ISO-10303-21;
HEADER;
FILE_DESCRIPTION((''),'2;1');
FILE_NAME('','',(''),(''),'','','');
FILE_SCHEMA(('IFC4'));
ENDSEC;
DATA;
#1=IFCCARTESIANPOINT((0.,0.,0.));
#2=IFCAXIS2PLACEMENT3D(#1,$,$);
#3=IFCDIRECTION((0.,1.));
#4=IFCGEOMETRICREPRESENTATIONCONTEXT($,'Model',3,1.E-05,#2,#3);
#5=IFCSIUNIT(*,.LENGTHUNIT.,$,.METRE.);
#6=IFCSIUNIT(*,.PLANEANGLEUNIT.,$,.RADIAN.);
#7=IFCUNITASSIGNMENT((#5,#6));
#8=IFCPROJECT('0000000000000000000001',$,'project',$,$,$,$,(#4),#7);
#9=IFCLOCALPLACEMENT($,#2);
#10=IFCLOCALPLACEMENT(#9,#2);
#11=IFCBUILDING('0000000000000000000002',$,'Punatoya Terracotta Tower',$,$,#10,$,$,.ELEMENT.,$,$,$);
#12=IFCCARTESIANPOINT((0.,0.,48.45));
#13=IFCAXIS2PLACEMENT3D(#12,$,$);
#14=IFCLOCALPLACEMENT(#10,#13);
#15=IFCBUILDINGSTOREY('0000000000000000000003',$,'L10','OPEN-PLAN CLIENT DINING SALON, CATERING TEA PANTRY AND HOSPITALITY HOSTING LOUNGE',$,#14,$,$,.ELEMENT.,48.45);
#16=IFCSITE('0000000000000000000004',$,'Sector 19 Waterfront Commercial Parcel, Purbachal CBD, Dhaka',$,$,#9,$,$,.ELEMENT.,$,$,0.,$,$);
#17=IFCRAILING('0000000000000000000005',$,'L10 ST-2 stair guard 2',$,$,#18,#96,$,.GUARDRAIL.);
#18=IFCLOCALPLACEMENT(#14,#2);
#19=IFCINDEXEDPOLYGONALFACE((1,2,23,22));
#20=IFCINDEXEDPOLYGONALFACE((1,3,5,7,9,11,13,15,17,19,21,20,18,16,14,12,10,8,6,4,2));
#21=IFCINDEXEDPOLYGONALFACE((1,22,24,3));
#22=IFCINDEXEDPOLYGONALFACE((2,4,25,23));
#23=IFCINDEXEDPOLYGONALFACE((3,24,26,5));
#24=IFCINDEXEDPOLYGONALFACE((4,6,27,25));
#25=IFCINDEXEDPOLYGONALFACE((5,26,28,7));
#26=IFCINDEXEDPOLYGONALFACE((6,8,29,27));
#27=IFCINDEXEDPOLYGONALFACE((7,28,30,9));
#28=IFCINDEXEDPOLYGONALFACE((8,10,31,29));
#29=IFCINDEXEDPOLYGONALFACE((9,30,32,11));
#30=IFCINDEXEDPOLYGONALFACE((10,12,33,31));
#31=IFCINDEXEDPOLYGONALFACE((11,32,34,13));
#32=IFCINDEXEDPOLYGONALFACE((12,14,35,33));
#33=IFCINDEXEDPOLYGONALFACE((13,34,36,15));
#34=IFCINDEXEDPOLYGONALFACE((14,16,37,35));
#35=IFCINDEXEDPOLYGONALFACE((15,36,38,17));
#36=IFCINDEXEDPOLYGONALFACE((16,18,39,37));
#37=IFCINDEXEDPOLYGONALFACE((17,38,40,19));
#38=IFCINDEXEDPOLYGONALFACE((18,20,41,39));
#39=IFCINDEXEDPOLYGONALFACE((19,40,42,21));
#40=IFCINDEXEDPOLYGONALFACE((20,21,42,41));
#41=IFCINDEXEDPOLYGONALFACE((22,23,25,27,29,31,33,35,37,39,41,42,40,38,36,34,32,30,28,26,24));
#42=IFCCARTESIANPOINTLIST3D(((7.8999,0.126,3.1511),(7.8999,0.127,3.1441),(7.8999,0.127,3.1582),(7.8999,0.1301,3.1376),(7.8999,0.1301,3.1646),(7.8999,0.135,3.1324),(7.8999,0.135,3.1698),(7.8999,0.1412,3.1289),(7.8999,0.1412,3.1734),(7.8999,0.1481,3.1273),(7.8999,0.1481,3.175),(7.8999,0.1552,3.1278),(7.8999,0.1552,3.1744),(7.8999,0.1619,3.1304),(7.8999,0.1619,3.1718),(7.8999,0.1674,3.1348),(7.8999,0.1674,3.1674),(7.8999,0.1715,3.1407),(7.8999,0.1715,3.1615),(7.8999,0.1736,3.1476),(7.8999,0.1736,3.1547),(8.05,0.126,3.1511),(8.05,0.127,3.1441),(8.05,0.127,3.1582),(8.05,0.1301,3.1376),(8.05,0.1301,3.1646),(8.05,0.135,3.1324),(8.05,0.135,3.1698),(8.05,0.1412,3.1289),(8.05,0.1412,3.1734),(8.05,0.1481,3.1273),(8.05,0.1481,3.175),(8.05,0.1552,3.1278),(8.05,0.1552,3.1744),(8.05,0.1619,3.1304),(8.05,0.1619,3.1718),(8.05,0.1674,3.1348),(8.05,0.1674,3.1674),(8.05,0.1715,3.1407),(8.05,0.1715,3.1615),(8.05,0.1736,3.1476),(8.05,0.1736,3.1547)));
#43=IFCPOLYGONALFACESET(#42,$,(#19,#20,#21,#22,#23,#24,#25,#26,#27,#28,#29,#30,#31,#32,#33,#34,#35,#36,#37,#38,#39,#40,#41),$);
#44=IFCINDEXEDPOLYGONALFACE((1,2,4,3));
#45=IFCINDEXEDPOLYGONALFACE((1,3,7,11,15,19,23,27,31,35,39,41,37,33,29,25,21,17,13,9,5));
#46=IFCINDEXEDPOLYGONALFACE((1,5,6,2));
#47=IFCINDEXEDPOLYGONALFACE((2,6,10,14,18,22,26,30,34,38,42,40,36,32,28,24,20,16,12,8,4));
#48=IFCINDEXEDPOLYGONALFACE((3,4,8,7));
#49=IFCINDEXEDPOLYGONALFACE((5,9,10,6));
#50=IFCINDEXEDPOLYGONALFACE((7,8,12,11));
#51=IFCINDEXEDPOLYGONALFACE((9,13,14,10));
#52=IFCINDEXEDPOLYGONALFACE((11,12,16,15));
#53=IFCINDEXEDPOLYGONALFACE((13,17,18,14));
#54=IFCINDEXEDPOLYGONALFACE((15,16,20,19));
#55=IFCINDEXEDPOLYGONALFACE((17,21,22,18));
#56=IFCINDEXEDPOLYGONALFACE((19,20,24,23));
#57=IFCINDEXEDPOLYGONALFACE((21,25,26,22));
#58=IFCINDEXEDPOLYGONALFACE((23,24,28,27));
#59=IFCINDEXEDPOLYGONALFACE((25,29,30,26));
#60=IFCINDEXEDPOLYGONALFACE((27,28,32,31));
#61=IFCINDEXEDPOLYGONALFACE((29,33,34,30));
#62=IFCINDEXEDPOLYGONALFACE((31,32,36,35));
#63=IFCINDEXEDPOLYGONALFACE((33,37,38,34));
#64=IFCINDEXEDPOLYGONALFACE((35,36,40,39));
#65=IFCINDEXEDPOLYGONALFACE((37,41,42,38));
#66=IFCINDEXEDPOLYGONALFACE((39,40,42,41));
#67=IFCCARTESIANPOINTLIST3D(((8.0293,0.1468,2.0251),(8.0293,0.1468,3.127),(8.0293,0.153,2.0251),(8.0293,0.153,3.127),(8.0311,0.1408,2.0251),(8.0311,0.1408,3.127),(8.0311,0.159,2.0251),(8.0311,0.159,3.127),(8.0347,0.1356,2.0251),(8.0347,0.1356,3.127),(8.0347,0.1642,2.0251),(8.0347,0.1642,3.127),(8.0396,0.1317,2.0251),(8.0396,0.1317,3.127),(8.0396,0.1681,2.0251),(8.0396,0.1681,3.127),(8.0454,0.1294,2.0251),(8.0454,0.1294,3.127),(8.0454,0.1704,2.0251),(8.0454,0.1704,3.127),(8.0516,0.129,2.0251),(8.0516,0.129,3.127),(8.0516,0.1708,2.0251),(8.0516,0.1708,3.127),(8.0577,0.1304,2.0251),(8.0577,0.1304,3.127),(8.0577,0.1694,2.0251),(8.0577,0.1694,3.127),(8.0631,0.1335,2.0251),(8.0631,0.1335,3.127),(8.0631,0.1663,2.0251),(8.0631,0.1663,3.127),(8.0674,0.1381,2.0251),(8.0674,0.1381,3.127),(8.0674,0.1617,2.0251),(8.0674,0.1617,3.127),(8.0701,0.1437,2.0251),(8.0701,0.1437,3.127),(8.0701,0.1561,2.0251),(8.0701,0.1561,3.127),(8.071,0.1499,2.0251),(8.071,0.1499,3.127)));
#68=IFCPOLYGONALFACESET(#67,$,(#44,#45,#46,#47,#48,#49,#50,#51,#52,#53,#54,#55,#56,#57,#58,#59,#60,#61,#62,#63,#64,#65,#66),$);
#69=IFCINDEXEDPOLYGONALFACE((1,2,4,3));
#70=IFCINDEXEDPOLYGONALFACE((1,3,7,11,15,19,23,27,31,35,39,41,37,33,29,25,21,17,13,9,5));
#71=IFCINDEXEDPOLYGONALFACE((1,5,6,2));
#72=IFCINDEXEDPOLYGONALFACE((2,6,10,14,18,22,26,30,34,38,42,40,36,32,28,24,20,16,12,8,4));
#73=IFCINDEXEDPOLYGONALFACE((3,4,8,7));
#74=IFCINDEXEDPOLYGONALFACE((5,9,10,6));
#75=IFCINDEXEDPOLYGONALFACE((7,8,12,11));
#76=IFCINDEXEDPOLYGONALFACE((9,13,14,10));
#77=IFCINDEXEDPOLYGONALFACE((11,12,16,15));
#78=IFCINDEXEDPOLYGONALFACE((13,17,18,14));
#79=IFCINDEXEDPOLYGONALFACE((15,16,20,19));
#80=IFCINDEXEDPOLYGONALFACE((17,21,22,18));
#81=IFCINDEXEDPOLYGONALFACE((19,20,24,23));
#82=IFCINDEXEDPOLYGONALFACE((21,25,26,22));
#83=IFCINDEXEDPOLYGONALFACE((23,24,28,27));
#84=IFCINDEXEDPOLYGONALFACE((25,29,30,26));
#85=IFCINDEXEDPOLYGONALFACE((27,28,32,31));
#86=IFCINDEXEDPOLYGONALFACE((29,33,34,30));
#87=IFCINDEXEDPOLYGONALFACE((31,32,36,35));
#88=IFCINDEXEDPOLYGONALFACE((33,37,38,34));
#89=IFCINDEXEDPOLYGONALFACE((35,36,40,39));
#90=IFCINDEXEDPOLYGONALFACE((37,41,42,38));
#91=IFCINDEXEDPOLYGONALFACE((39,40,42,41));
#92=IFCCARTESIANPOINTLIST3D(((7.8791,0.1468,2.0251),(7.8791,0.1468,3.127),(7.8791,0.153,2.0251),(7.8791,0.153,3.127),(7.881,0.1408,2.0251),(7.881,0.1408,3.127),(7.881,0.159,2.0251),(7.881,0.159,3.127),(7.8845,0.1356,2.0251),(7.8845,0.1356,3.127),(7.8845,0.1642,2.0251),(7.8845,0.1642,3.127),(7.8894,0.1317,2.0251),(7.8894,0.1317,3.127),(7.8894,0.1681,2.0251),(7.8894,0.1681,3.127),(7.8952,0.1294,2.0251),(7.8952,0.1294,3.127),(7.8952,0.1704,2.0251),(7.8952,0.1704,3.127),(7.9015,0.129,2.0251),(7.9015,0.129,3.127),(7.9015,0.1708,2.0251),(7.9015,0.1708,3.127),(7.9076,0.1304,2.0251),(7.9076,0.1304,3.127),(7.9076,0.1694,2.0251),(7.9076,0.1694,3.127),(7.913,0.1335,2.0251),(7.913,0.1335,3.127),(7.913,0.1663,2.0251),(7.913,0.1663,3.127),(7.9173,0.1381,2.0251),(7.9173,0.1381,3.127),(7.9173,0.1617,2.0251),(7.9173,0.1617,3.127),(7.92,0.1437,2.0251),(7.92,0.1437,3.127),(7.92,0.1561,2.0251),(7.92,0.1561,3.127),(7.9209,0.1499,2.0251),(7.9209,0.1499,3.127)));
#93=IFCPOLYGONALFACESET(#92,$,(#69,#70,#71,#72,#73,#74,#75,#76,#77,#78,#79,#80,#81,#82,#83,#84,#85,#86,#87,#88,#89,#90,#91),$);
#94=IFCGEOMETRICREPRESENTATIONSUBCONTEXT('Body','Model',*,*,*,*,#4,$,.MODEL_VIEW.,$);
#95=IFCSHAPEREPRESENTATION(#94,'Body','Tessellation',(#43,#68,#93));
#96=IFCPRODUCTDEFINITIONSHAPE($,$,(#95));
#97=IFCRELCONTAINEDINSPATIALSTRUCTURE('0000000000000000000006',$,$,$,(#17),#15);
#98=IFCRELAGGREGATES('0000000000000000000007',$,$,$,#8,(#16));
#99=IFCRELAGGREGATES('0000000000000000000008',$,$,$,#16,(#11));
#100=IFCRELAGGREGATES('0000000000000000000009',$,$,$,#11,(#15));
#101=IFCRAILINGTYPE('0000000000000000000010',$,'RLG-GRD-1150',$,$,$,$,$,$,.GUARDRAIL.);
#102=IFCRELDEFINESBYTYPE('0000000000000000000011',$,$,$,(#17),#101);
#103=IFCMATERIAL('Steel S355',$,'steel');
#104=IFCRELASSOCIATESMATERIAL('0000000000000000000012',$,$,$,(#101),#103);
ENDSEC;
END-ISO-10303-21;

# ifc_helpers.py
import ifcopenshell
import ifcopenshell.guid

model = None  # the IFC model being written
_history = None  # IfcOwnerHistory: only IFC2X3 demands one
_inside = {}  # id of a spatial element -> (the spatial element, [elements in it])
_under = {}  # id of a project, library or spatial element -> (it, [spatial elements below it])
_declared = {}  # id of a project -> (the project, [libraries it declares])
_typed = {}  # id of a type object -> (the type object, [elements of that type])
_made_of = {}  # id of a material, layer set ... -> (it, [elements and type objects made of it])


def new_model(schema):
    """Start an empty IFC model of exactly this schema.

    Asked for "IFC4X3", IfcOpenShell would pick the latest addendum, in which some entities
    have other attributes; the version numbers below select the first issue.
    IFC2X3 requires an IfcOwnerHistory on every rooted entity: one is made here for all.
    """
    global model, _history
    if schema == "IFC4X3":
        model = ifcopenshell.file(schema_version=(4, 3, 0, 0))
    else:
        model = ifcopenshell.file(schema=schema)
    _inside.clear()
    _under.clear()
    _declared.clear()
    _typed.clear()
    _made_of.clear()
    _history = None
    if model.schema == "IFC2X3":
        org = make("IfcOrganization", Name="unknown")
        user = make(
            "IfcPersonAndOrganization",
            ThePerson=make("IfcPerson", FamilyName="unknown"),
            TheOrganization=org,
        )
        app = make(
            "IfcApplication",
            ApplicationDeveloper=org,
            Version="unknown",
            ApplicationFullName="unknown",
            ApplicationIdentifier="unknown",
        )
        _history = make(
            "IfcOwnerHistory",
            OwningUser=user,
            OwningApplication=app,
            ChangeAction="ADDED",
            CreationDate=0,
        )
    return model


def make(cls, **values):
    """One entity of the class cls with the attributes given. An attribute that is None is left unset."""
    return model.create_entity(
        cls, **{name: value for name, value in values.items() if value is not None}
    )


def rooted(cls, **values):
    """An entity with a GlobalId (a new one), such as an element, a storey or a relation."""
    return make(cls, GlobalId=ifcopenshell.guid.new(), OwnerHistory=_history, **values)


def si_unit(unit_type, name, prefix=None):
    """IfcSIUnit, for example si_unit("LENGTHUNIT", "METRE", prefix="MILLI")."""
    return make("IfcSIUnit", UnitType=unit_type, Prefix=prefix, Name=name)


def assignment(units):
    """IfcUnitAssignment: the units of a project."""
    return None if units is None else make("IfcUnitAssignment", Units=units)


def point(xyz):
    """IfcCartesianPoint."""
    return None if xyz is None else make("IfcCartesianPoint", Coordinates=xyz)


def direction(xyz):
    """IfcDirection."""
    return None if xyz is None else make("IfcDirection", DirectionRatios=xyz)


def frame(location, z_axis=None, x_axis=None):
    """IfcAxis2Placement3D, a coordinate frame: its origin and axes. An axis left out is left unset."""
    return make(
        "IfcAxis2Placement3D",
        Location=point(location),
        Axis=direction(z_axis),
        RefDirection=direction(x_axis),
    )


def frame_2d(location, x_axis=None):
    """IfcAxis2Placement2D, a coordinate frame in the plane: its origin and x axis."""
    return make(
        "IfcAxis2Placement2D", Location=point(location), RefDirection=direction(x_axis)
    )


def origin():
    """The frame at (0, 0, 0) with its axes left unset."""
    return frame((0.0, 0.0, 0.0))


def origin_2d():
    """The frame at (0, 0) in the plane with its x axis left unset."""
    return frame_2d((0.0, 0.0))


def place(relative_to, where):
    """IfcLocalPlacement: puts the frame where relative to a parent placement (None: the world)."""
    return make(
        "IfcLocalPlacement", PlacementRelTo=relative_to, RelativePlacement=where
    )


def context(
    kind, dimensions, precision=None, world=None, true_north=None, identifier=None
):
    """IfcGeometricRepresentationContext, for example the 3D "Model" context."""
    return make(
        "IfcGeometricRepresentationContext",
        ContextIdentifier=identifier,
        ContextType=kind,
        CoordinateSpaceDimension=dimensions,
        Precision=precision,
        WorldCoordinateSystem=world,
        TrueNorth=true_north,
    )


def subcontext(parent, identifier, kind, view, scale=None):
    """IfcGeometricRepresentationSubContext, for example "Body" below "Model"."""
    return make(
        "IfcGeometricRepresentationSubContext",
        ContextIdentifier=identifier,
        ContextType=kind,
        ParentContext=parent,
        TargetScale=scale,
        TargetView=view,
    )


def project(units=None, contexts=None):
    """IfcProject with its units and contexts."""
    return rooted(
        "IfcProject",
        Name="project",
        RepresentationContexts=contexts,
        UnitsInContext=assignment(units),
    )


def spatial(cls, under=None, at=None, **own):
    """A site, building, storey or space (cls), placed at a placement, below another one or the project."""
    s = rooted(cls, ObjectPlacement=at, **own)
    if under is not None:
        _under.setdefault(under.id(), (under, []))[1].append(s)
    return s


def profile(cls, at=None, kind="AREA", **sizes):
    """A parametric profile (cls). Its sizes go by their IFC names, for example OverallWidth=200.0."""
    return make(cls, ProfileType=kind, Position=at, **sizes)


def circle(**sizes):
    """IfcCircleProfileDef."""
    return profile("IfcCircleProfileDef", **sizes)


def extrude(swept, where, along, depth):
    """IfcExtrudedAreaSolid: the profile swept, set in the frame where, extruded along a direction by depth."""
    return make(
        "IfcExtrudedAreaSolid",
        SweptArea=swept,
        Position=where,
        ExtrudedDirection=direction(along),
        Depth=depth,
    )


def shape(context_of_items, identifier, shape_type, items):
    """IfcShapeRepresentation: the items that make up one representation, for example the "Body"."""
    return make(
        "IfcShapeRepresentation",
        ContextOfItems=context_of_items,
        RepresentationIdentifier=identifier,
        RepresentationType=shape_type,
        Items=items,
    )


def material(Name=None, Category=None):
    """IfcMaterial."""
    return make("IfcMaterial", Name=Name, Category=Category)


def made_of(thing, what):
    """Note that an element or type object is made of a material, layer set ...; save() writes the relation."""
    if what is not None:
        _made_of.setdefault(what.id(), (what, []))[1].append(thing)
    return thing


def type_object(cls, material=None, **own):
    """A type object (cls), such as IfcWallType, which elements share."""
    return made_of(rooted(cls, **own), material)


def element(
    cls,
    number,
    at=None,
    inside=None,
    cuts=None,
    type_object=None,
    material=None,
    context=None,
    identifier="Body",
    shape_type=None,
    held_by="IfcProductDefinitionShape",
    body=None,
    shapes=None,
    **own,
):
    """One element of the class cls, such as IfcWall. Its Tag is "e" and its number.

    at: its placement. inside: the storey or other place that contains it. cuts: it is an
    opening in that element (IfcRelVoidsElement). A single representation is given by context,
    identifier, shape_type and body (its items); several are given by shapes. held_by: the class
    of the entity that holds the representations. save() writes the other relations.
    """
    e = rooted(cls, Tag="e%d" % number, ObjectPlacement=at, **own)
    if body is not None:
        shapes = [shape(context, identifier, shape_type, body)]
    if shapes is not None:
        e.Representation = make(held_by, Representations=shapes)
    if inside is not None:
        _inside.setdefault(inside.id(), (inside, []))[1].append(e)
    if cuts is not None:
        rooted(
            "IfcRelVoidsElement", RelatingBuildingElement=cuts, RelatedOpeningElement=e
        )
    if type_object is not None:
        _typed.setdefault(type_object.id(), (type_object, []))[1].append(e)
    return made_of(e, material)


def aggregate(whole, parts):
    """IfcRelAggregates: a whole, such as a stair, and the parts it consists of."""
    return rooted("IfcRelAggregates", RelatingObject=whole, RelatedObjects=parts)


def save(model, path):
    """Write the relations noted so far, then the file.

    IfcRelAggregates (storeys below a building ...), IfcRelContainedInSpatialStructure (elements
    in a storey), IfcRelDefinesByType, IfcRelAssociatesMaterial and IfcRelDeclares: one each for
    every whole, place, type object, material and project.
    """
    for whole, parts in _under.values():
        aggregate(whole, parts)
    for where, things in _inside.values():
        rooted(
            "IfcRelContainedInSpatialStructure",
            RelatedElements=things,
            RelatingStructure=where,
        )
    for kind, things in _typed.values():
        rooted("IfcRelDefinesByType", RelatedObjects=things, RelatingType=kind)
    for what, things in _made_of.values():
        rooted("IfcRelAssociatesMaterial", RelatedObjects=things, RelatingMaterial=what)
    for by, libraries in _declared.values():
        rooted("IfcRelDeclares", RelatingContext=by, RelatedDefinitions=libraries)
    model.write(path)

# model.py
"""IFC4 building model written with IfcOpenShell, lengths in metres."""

from ifc_helpers import new_model, si_unit, direction, frame, origin, origin_2d, place, context, subcontext, project, spatial, circle, extrude, material, type_object, element, save


model = new_model("IFC4")

# Units and contexts
model_context = context("Model", 3, precision=1e-05, world=origin(), true_north=direction((0.0, 1.0)))
body_context = subcontext(model_context, "Body", "Model", "MODEL_VIEW")
ifc_project = project(units=[si_unit("LENGTHUNIT", "METRE"), si_unit("PLANEANGLEUNIT", "RADIAN")], contexts=[model_context])

# Site, building, storey
site_placement = place(None, origin())
site = spatial("IfcSite", under=ifc_project, at=site_placement, Name="Sector 19 Waterfront Commercial Parcel, Purbachal CBD, Dhaka", CompositionType="ELEMENT", RefElevation=0.0)
building_placement = place(site_placement, origin())
building = spatial("IfcBuilding", under=site, at=building_placement, Name="Punatoya Terracotta Tower", CompositionType="ELEMENT")
storey_placement = place(building_placement, frame((0.0, 0.0, 48.45)))
storey = spatial("IfcBuildingStorey", under=building, at=storey_placement, Name="L10", Description="OPEN-PLAN CLIENT DINING SALON, CATERING TEA PANTRY AND HOSPITALITY HOSTING LOUNGE", CompositionType="ELEMENT", Elevation=48.45)

# Shared definitions
ifc_material_1 = material(Name="Steel S355", Category="steel")

# Railing
railing_type_1 = type_object("IfcRailingType", Name="RLG-GRD-1150", PredefinedType="GUARDRAIL", material=ifc_material_1)
railing_1_placement = place(storey_placement, frame((8.05, 0.1499, 2.0251)))
element("IfcRailing", 1, at=railing_1_placement, inside=storey, type_object=railing_type_1, Name="L10 ST-2 stair guard 2", PredefinedType="GUARDRAIL", context=body_context, shape_type="SweptSolid", body=[
    extrude(circle(Radius=0.0239, at=origin_2d()), frame((0.0, 0.0, 1.126), z_axis=(-1.0, 0.0, 0.0), x_axis=(0.0, -1.0, 0.0)), (0.0, 0.0, 1.0), 0.1501),
    extrude(circle(Radius=0.021, at=origin_2d()), origin(), (0.0, 0.0, 1.0), 1.1018),
    extrude(circle(Radius=0.021, at=origin_2d()), frame((-0.1501, 0.0, 0.0)), (0.0, 0.0, 1.0), 1.1018),
])

save(model, "model.ifc")
